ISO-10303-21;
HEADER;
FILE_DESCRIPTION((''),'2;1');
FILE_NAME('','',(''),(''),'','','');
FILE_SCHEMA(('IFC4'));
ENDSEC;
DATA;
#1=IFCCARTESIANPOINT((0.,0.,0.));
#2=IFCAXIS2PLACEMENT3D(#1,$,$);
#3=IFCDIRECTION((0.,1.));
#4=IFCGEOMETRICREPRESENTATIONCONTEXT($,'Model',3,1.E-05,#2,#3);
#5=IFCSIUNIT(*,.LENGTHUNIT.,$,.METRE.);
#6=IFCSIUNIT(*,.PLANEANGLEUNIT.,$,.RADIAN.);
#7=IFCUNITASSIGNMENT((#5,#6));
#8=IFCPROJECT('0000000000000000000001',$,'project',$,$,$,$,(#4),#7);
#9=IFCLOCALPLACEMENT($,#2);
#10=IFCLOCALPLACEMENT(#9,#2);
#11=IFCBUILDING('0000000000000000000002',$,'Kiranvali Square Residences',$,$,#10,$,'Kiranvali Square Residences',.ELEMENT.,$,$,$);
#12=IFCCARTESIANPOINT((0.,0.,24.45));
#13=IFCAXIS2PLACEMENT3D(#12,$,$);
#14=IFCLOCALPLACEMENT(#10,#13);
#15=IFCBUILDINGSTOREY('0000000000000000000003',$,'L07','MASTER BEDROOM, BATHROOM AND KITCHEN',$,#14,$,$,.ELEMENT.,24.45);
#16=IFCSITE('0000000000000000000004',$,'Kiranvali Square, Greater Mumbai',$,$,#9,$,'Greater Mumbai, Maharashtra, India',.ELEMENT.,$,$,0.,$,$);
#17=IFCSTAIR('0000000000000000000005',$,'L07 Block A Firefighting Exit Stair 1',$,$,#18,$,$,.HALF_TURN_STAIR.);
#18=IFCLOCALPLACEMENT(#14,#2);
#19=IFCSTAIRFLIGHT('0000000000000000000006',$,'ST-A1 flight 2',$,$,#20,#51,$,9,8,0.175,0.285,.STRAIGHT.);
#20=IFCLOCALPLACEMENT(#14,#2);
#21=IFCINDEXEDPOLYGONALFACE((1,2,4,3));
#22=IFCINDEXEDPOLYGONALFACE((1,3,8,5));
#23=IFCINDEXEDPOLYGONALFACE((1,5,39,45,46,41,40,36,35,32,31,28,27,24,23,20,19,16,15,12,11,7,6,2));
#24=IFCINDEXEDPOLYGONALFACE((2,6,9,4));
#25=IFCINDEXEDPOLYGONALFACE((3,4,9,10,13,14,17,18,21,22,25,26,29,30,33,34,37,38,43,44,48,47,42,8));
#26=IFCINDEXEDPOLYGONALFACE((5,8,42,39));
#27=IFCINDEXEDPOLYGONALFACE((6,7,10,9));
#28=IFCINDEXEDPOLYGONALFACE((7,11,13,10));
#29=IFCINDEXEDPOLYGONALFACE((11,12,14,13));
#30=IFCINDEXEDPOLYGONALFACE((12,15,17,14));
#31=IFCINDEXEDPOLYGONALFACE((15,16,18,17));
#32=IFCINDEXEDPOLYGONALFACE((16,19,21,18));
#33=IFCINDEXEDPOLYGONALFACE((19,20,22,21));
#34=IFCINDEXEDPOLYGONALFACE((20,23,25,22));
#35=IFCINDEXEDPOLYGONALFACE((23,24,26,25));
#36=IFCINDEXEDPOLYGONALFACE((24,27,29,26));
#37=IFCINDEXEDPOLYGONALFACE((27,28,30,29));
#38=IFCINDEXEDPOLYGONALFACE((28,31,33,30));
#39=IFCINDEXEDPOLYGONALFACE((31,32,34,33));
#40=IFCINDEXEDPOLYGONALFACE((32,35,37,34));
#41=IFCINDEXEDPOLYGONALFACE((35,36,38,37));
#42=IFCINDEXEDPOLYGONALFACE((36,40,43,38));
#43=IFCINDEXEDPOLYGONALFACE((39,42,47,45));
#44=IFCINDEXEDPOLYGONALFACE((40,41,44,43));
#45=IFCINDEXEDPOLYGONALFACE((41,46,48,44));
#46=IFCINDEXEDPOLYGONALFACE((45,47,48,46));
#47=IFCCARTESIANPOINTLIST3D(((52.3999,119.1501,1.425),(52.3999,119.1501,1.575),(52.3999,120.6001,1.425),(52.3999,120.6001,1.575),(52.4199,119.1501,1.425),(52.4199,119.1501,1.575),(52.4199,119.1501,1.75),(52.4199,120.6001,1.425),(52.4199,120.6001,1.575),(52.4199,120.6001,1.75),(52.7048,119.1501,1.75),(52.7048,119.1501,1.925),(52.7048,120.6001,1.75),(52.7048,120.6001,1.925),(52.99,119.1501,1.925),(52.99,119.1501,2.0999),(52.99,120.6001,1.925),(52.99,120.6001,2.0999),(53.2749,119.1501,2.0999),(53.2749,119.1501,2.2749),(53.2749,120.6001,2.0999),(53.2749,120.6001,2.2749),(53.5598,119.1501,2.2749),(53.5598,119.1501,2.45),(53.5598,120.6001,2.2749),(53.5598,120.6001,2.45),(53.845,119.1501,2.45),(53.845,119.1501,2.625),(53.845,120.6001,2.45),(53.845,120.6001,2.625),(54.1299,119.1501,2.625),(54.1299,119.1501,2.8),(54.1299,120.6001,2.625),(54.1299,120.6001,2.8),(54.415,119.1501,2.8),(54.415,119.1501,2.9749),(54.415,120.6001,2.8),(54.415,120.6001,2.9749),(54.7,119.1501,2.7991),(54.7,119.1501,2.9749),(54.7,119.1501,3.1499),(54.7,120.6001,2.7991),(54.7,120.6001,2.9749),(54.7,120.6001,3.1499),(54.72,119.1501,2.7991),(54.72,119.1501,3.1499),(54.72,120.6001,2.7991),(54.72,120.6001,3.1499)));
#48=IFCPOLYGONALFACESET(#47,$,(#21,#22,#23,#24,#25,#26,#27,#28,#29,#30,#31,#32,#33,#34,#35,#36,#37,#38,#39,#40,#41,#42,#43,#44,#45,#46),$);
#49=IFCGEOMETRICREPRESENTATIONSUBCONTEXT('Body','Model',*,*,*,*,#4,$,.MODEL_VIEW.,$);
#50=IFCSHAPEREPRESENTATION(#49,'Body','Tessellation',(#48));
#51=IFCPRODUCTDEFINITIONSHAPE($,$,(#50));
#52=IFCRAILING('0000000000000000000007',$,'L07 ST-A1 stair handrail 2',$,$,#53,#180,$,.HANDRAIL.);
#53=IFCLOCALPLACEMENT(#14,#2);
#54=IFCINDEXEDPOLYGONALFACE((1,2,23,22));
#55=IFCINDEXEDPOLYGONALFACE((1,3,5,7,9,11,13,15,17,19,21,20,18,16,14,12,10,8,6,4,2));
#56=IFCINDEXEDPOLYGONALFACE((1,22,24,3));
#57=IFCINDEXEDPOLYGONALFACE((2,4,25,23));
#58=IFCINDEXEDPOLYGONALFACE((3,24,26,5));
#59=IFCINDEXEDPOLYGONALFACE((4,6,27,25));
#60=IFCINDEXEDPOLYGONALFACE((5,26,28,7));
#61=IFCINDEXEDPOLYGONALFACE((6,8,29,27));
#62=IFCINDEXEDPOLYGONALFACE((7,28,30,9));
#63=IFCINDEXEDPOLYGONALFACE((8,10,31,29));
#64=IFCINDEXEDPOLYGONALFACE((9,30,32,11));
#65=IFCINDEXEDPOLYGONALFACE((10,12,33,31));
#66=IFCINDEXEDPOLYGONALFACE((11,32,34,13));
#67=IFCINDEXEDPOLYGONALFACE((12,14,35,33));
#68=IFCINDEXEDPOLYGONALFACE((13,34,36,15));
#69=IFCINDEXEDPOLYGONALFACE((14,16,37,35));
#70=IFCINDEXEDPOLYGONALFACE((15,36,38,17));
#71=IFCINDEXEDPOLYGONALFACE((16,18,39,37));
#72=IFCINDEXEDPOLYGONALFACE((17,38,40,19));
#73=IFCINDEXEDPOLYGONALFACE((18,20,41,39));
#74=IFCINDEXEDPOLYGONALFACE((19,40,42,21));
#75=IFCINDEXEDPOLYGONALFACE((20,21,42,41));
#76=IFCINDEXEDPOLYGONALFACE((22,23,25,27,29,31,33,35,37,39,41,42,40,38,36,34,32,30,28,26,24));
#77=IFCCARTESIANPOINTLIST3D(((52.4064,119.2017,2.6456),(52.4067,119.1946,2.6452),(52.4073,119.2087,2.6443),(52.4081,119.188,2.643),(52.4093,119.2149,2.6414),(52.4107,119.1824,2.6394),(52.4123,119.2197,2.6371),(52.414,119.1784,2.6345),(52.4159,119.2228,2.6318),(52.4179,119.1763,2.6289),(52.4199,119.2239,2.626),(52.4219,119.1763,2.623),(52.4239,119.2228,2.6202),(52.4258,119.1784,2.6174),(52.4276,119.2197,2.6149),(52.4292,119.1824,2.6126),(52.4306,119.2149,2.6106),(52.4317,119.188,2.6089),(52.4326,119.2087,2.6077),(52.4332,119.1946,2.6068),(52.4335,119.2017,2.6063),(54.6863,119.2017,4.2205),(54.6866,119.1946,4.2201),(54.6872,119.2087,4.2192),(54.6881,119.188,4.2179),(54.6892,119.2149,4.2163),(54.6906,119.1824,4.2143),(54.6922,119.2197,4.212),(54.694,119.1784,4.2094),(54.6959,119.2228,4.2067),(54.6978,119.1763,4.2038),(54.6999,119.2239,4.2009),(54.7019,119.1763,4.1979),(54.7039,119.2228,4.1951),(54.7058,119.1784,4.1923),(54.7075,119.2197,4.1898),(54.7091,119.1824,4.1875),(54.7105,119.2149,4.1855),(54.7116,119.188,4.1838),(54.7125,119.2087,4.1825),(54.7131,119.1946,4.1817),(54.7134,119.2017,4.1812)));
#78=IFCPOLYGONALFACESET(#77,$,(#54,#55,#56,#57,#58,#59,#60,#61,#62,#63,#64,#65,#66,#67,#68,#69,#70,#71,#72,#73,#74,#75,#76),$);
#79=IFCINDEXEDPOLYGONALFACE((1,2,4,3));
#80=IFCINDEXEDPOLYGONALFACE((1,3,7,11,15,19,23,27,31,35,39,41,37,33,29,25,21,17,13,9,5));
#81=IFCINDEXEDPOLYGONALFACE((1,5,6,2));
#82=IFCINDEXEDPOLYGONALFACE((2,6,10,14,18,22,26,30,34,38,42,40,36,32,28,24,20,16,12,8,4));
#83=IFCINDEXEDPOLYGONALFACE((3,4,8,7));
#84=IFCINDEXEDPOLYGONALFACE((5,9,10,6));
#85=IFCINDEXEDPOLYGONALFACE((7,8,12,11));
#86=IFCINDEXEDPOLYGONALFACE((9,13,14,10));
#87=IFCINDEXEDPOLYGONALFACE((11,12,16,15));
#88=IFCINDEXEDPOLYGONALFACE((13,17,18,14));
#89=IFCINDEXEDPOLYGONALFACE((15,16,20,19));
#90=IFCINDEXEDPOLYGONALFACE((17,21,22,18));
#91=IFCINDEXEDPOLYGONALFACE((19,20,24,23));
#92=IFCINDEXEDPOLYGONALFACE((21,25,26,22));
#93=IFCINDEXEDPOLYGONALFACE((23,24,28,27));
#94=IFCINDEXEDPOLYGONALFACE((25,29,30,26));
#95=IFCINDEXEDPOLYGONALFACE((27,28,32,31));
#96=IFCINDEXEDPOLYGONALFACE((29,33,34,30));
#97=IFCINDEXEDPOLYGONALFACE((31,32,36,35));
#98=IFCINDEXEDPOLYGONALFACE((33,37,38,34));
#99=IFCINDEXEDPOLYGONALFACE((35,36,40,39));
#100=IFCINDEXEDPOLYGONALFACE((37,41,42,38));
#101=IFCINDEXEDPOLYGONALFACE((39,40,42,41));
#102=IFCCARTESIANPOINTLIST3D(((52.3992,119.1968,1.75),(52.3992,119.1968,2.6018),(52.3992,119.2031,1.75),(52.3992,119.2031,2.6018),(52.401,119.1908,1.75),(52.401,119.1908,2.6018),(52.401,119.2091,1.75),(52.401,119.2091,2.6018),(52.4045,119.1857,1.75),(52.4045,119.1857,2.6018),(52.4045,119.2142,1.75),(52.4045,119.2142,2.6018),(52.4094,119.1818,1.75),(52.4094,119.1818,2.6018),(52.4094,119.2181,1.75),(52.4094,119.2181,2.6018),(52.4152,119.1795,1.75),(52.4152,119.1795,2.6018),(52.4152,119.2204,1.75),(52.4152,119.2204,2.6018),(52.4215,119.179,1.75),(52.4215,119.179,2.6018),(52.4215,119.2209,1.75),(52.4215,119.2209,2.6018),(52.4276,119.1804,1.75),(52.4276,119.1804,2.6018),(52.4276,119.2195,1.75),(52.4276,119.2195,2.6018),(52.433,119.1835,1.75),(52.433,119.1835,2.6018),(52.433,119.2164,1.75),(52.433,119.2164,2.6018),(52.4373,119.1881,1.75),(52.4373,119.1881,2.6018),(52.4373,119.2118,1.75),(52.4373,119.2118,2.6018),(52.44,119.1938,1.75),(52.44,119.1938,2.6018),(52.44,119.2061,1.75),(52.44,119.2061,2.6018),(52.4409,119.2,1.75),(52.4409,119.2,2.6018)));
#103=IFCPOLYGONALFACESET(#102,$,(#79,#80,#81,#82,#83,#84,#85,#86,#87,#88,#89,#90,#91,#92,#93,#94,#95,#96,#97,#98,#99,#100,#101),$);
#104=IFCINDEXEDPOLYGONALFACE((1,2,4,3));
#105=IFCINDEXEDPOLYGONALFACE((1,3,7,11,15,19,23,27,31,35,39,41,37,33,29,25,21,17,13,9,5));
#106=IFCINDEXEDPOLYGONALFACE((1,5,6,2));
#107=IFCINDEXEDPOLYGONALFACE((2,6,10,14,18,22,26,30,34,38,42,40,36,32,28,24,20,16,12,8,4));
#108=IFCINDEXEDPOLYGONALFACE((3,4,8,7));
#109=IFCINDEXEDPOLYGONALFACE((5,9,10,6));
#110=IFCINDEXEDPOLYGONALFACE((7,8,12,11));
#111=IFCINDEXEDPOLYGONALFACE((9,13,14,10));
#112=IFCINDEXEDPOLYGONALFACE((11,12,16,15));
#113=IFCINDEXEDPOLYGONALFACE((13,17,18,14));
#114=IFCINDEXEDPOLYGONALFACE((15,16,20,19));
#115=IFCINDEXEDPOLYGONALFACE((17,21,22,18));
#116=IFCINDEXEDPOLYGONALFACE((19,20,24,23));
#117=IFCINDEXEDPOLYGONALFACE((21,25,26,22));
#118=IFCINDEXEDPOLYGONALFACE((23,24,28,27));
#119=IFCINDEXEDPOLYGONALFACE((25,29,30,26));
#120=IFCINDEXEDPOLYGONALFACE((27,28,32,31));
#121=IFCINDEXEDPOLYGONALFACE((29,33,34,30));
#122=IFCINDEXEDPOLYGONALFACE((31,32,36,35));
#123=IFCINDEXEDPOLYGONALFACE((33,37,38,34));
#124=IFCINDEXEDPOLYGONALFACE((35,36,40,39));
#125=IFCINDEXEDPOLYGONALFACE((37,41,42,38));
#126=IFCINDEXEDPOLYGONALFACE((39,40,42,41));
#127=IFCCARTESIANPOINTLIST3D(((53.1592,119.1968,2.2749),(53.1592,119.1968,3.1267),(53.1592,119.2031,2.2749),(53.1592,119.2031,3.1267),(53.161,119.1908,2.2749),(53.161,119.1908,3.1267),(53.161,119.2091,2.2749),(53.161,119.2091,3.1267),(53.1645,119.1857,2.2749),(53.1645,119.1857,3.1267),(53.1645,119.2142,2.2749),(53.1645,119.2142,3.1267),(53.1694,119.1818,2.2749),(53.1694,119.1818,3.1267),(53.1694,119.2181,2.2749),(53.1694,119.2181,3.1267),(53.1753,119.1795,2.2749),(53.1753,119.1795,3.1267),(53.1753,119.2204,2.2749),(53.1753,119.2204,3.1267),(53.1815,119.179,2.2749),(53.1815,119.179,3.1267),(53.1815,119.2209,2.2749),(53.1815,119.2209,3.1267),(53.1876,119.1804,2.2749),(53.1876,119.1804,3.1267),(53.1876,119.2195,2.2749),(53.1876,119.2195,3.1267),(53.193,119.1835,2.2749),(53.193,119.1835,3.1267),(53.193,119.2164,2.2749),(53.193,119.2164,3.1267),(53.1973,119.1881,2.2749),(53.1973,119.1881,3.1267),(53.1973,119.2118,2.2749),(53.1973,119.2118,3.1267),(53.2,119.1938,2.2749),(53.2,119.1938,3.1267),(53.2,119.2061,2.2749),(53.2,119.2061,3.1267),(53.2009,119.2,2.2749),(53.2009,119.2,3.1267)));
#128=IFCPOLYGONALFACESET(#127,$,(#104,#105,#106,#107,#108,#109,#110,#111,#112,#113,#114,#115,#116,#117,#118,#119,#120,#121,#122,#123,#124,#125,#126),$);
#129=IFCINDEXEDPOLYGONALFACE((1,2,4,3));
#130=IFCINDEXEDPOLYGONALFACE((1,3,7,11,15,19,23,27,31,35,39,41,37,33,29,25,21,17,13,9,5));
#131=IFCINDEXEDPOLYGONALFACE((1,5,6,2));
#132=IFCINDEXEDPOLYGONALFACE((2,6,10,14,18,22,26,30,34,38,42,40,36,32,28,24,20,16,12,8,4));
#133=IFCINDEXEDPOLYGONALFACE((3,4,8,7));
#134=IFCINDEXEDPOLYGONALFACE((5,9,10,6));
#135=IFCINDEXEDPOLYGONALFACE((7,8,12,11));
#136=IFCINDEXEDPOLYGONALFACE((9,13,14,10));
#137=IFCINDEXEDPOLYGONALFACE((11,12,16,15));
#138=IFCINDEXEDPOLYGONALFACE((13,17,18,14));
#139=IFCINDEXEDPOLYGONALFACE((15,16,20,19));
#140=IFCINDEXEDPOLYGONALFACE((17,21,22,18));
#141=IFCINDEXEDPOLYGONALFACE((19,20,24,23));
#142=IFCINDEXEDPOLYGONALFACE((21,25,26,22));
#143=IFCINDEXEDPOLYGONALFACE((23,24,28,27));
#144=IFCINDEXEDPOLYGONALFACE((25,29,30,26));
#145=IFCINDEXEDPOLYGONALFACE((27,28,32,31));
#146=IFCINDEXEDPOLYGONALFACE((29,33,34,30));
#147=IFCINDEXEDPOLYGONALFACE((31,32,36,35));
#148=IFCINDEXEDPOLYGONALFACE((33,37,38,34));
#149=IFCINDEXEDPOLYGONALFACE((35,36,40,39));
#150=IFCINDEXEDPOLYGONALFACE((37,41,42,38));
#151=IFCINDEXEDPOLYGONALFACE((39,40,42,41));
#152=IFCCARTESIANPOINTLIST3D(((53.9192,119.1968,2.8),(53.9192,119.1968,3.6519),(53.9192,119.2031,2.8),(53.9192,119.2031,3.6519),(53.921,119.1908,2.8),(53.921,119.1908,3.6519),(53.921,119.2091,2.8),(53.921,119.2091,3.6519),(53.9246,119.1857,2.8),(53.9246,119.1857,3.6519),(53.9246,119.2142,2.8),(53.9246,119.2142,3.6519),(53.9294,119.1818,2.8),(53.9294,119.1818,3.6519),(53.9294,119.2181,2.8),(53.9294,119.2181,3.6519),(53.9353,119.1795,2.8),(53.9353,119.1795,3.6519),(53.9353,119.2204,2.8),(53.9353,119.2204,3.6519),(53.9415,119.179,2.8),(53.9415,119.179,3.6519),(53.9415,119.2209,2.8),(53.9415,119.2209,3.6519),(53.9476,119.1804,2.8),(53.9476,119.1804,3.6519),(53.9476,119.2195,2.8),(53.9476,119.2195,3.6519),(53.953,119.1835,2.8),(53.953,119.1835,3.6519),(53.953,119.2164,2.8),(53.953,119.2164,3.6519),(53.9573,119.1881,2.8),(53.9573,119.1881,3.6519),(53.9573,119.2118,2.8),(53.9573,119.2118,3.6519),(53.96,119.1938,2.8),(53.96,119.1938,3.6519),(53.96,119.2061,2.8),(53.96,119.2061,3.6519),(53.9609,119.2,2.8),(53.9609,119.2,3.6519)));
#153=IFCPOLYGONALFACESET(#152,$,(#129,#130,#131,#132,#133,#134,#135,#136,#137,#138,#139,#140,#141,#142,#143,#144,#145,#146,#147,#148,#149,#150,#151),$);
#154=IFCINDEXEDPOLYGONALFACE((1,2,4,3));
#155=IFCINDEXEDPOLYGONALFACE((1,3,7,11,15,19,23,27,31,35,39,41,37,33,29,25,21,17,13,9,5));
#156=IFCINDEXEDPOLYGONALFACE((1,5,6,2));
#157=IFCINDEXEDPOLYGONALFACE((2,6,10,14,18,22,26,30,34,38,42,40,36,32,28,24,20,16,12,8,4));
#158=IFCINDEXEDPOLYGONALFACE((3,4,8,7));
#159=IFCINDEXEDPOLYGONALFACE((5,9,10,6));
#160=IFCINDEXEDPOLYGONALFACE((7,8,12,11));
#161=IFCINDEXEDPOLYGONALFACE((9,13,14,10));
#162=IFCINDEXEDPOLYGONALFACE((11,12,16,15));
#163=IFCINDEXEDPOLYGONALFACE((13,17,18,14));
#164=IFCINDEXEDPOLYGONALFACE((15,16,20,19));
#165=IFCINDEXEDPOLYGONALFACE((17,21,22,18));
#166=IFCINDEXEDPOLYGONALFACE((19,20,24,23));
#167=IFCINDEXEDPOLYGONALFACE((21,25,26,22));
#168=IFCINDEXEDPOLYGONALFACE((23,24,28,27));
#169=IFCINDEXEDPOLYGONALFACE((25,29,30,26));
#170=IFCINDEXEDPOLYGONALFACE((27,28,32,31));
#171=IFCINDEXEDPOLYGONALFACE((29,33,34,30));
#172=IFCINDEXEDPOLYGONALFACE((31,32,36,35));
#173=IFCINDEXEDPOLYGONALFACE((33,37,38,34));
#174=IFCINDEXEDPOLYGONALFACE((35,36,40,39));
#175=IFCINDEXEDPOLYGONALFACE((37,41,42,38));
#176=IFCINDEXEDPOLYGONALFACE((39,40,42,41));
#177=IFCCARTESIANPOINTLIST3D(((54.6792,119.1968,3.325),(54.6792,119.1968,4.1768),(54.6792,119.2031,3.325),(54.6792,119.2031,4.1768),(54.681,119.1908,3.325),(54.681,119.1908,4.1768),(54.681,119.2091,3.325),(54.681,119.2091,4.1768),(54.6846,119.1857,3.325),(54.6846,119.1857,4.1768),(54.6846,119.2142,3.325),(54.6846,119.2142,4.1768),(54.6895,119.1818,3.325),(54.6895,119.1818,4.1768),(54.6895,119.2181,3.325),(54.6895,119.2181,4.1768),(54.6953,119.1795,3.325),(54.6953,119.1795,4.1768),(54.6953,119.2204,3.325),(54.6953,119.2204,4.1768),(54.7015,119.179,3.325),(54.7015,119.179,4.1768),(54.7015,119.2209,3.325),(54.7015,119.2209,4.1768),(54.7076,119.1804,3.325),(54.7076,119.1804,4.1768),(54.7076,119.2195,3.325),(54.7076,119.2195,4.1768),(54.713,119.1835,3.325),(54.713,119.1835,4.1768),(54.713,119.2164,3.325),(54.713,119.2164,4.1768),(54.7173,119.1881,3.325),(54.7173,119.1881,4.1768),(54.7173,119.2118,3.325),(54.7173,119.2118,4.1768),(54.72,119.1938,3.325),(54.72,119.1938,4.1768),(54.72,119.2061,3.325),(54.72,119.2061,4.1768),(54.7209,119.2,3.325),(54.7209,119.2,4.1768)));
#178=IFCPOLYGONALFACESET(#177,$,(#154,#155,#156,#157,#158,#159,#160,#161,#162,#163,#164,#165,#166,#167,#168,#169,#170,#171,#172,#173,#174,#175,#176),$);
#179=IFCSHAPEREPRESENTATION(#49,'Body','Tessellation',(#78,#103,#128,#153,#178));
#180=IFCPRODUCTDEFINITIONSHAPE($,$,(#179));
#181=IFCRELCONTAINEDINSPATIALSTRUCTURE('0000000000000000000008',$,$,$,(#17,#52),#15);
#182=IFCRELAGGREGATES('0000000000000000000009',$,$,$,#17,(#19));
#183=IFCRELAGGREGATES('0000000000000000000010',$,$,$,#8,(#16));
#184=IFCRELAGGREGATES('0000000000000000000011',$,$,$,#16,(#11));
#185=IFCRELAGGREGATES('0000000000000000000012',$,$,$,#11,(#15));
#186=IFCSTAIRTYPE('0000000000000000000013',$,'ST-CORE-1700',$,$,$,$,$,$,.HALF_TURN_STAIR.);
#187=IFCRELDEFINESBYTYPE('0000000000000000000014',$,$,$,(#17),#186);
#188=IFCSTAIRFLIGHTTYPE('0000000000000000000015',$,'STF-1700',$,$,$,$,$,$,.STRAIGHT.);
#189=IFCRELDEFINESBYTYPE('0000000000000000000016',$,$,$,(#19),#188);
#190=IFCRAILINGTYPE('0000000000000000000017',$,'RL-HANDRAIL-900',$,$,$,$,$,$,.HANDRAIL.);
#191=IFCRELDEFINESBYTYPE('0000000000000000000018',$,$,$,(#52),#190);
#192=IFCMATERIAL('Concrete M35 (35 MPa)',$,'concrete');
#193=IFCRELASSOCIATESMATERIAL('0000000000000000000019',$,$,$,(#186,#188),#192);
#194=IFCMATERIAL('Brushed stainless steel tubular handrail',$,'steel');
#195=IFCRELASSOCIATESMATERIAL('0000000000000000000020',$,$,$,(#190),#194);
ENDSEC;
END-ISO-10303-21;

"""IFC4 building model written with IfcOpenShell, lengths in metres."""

from ifc_helpers import new_model, si_unit, direction, frame, origin, origin_2d, place, context, subcontext, project, spatial, polyline, circle, outline, extrude, material, type_object, element, aggregate, save


model = new_model("IFC4")

# Units and contexts
model_context = context("Model", 3, precision=1e-05, world=origin(), true_north=direction((0.0, 1.0)))
body_context = subcontext(model_context, "Body", "Model", "MODEL_VIEW")
ifc_project = project(units=[si_unit("LENGTHUNIT", "METRE"), si_unit("PLANEANGLEUNIT", "RADIAN")], contexts=[model_context])

# Site, building, storey
site_placement = place(None, origin())
site = spatial("IfcSite", under=ifc_project, at=site_placement, Name="Kiranvali Square, Greater Mumbai", LongName="Greater Mumbai, Maharashtra, India", CompositionType="ELEMENT", RefElevation=0.0)
building_placement = place(site_placement, origin())
building = spatial("IfcBuilding", under=site, at=building_placement, Name="Kiranvali Square Residences", LongName="Kiranvali Square Residences", CompositionType="ELEMENT")
storey_placement = place(building_placement, frame((0.0, 0.0, 24.45)))
storey = spatial("IfcBuildingStorey", under=building, at=storey_placement, Name="L07", Description="MASTER BEDROOM, BATHROOM AND KITCHEN", CompositionType="ELEMENT", Elevation=24.45)

# Stair, stair flight
ifc_material_1 = material(Name="Concrete M35 (35 MPa)", Category="concrete")
stair_type = type_object("IfcStairType", Name="ST-CORE-1700", PredefinedType="HALF_TURN_STAIR", material=ifc_material_1)
stair_placement = place(storey_placement, origin())
stair = element("IfcStair", 1, at=stair_placement, inside=storey, type_object=stair_type, Name="L07 Block A Firefighting Exit Stair 1", PredefinedType="HALF_TURN_STAIR")
stair_flight_type = type_object("IfcStairFlightType", Name="STF-1700", PredefinedType="STRAIGHT", material=ifc_material_1)
stair_flight_placement = place(storey_placement, frame((52.4199, 119.875, 1.575), z_axis=(0.0, 0.0, 1.0), x_axis=(1.0, 0.0, 0.0)))
stair_flight = element("IfcStairFlight", 2, at=stair_flight_placement, type_object=stair_flight_type, Name="ST-A1 flight 2", NumberOfRisers=9, NumberOfTreads=8, PredefinedType="STRAIGHT", RiserHeight=0.175, TreadLength=0.285, context=body_context, shape_type="SweptSolid", body=[
    extrude(outline(polyline([(-0.02, -0.1499), (-0.02, 0.0), (0.0, 0.0), (0.0, 0.175), (0.2849, 0.175), (0.2849, 0.3501), (0.5701, 0.3501), (0.5701, 0.5249), (0.855, 0.5249), (0.855, 0.7), (1.1399, 0.7), (1.1399, 0.875), (1.425, 0.875), (1.425, 1.05), (1.71, 1.05), (1.71, 1.2251), (1.9951, 1.2251), (1.9951, 1.3999), (2.28, 1.3999), (2.28, 1.575), (2.3, 1.575), (2.3, 1.2241), (2.28, 1.2241), (0.0, -0.1499), (-0.02, -0.1499)])), frame((0.0, 0.7251, 0.0), z_axis=(0.0, -1.0, 0.0), x_axis=(1.0, 0.0, 0.0)), (0.0, 0.0, 1.0), 1.45),
])
aggregate(stair, [stair_flight])

# Railing
ifc_material_2 = material(Name="Brushed stainless steel tubular handrail", Category="steel")
railing_type_1 = type_object("IfcRailingType", Name="RL-HANDRAIL-900", PredefinedType="HANDRAIL", material=ifc_material_2)
railing_1_placement = place(storey_placement, frame((52.4199, 119.2, 1.75)))
element("IfcRailing", 3, at=railing_1_placement, inside=storey, type_object=railing_type_1, Name="L07 ST-A1 stair handrail 2", PredefinedType="HANDRAIL", context=body_context, shape_type="SweptSolid", body=[
    extrude(circle(Radius=0.0239, at=origin_2d()), frame((0.0, 0.0, 0.876), z_axis=(0.822788, 0.0, 0.568348), x_axis=(0.0, 1.0, 0.0)), (0.0, 0.0, 1.0), 2.771),
    extrude(circle(Radius=0.021, at=origin_2d()), origin(), (0.0, 0.0, 1.0), 0.8518),
    extrude(circle(Radius=0.021, at=origin_2d()), frame((0.76, 0.0, 0.5249)), (0.0, 0.0, 1.0), 0.8518),
    extrude(circle(Radius=0.021, at=origin_2d()), frame((1.52, 0.0, 1.05)), (0.0, 0.0, 1.0), 0.8518),
    extrude(circle(Radius=0.021, at=origin_2d()), frame((2.28, 0.0, 1.575)), (0.0, 0.0, 1.0), 0.8518),
])

save(model, "model.ifc")
